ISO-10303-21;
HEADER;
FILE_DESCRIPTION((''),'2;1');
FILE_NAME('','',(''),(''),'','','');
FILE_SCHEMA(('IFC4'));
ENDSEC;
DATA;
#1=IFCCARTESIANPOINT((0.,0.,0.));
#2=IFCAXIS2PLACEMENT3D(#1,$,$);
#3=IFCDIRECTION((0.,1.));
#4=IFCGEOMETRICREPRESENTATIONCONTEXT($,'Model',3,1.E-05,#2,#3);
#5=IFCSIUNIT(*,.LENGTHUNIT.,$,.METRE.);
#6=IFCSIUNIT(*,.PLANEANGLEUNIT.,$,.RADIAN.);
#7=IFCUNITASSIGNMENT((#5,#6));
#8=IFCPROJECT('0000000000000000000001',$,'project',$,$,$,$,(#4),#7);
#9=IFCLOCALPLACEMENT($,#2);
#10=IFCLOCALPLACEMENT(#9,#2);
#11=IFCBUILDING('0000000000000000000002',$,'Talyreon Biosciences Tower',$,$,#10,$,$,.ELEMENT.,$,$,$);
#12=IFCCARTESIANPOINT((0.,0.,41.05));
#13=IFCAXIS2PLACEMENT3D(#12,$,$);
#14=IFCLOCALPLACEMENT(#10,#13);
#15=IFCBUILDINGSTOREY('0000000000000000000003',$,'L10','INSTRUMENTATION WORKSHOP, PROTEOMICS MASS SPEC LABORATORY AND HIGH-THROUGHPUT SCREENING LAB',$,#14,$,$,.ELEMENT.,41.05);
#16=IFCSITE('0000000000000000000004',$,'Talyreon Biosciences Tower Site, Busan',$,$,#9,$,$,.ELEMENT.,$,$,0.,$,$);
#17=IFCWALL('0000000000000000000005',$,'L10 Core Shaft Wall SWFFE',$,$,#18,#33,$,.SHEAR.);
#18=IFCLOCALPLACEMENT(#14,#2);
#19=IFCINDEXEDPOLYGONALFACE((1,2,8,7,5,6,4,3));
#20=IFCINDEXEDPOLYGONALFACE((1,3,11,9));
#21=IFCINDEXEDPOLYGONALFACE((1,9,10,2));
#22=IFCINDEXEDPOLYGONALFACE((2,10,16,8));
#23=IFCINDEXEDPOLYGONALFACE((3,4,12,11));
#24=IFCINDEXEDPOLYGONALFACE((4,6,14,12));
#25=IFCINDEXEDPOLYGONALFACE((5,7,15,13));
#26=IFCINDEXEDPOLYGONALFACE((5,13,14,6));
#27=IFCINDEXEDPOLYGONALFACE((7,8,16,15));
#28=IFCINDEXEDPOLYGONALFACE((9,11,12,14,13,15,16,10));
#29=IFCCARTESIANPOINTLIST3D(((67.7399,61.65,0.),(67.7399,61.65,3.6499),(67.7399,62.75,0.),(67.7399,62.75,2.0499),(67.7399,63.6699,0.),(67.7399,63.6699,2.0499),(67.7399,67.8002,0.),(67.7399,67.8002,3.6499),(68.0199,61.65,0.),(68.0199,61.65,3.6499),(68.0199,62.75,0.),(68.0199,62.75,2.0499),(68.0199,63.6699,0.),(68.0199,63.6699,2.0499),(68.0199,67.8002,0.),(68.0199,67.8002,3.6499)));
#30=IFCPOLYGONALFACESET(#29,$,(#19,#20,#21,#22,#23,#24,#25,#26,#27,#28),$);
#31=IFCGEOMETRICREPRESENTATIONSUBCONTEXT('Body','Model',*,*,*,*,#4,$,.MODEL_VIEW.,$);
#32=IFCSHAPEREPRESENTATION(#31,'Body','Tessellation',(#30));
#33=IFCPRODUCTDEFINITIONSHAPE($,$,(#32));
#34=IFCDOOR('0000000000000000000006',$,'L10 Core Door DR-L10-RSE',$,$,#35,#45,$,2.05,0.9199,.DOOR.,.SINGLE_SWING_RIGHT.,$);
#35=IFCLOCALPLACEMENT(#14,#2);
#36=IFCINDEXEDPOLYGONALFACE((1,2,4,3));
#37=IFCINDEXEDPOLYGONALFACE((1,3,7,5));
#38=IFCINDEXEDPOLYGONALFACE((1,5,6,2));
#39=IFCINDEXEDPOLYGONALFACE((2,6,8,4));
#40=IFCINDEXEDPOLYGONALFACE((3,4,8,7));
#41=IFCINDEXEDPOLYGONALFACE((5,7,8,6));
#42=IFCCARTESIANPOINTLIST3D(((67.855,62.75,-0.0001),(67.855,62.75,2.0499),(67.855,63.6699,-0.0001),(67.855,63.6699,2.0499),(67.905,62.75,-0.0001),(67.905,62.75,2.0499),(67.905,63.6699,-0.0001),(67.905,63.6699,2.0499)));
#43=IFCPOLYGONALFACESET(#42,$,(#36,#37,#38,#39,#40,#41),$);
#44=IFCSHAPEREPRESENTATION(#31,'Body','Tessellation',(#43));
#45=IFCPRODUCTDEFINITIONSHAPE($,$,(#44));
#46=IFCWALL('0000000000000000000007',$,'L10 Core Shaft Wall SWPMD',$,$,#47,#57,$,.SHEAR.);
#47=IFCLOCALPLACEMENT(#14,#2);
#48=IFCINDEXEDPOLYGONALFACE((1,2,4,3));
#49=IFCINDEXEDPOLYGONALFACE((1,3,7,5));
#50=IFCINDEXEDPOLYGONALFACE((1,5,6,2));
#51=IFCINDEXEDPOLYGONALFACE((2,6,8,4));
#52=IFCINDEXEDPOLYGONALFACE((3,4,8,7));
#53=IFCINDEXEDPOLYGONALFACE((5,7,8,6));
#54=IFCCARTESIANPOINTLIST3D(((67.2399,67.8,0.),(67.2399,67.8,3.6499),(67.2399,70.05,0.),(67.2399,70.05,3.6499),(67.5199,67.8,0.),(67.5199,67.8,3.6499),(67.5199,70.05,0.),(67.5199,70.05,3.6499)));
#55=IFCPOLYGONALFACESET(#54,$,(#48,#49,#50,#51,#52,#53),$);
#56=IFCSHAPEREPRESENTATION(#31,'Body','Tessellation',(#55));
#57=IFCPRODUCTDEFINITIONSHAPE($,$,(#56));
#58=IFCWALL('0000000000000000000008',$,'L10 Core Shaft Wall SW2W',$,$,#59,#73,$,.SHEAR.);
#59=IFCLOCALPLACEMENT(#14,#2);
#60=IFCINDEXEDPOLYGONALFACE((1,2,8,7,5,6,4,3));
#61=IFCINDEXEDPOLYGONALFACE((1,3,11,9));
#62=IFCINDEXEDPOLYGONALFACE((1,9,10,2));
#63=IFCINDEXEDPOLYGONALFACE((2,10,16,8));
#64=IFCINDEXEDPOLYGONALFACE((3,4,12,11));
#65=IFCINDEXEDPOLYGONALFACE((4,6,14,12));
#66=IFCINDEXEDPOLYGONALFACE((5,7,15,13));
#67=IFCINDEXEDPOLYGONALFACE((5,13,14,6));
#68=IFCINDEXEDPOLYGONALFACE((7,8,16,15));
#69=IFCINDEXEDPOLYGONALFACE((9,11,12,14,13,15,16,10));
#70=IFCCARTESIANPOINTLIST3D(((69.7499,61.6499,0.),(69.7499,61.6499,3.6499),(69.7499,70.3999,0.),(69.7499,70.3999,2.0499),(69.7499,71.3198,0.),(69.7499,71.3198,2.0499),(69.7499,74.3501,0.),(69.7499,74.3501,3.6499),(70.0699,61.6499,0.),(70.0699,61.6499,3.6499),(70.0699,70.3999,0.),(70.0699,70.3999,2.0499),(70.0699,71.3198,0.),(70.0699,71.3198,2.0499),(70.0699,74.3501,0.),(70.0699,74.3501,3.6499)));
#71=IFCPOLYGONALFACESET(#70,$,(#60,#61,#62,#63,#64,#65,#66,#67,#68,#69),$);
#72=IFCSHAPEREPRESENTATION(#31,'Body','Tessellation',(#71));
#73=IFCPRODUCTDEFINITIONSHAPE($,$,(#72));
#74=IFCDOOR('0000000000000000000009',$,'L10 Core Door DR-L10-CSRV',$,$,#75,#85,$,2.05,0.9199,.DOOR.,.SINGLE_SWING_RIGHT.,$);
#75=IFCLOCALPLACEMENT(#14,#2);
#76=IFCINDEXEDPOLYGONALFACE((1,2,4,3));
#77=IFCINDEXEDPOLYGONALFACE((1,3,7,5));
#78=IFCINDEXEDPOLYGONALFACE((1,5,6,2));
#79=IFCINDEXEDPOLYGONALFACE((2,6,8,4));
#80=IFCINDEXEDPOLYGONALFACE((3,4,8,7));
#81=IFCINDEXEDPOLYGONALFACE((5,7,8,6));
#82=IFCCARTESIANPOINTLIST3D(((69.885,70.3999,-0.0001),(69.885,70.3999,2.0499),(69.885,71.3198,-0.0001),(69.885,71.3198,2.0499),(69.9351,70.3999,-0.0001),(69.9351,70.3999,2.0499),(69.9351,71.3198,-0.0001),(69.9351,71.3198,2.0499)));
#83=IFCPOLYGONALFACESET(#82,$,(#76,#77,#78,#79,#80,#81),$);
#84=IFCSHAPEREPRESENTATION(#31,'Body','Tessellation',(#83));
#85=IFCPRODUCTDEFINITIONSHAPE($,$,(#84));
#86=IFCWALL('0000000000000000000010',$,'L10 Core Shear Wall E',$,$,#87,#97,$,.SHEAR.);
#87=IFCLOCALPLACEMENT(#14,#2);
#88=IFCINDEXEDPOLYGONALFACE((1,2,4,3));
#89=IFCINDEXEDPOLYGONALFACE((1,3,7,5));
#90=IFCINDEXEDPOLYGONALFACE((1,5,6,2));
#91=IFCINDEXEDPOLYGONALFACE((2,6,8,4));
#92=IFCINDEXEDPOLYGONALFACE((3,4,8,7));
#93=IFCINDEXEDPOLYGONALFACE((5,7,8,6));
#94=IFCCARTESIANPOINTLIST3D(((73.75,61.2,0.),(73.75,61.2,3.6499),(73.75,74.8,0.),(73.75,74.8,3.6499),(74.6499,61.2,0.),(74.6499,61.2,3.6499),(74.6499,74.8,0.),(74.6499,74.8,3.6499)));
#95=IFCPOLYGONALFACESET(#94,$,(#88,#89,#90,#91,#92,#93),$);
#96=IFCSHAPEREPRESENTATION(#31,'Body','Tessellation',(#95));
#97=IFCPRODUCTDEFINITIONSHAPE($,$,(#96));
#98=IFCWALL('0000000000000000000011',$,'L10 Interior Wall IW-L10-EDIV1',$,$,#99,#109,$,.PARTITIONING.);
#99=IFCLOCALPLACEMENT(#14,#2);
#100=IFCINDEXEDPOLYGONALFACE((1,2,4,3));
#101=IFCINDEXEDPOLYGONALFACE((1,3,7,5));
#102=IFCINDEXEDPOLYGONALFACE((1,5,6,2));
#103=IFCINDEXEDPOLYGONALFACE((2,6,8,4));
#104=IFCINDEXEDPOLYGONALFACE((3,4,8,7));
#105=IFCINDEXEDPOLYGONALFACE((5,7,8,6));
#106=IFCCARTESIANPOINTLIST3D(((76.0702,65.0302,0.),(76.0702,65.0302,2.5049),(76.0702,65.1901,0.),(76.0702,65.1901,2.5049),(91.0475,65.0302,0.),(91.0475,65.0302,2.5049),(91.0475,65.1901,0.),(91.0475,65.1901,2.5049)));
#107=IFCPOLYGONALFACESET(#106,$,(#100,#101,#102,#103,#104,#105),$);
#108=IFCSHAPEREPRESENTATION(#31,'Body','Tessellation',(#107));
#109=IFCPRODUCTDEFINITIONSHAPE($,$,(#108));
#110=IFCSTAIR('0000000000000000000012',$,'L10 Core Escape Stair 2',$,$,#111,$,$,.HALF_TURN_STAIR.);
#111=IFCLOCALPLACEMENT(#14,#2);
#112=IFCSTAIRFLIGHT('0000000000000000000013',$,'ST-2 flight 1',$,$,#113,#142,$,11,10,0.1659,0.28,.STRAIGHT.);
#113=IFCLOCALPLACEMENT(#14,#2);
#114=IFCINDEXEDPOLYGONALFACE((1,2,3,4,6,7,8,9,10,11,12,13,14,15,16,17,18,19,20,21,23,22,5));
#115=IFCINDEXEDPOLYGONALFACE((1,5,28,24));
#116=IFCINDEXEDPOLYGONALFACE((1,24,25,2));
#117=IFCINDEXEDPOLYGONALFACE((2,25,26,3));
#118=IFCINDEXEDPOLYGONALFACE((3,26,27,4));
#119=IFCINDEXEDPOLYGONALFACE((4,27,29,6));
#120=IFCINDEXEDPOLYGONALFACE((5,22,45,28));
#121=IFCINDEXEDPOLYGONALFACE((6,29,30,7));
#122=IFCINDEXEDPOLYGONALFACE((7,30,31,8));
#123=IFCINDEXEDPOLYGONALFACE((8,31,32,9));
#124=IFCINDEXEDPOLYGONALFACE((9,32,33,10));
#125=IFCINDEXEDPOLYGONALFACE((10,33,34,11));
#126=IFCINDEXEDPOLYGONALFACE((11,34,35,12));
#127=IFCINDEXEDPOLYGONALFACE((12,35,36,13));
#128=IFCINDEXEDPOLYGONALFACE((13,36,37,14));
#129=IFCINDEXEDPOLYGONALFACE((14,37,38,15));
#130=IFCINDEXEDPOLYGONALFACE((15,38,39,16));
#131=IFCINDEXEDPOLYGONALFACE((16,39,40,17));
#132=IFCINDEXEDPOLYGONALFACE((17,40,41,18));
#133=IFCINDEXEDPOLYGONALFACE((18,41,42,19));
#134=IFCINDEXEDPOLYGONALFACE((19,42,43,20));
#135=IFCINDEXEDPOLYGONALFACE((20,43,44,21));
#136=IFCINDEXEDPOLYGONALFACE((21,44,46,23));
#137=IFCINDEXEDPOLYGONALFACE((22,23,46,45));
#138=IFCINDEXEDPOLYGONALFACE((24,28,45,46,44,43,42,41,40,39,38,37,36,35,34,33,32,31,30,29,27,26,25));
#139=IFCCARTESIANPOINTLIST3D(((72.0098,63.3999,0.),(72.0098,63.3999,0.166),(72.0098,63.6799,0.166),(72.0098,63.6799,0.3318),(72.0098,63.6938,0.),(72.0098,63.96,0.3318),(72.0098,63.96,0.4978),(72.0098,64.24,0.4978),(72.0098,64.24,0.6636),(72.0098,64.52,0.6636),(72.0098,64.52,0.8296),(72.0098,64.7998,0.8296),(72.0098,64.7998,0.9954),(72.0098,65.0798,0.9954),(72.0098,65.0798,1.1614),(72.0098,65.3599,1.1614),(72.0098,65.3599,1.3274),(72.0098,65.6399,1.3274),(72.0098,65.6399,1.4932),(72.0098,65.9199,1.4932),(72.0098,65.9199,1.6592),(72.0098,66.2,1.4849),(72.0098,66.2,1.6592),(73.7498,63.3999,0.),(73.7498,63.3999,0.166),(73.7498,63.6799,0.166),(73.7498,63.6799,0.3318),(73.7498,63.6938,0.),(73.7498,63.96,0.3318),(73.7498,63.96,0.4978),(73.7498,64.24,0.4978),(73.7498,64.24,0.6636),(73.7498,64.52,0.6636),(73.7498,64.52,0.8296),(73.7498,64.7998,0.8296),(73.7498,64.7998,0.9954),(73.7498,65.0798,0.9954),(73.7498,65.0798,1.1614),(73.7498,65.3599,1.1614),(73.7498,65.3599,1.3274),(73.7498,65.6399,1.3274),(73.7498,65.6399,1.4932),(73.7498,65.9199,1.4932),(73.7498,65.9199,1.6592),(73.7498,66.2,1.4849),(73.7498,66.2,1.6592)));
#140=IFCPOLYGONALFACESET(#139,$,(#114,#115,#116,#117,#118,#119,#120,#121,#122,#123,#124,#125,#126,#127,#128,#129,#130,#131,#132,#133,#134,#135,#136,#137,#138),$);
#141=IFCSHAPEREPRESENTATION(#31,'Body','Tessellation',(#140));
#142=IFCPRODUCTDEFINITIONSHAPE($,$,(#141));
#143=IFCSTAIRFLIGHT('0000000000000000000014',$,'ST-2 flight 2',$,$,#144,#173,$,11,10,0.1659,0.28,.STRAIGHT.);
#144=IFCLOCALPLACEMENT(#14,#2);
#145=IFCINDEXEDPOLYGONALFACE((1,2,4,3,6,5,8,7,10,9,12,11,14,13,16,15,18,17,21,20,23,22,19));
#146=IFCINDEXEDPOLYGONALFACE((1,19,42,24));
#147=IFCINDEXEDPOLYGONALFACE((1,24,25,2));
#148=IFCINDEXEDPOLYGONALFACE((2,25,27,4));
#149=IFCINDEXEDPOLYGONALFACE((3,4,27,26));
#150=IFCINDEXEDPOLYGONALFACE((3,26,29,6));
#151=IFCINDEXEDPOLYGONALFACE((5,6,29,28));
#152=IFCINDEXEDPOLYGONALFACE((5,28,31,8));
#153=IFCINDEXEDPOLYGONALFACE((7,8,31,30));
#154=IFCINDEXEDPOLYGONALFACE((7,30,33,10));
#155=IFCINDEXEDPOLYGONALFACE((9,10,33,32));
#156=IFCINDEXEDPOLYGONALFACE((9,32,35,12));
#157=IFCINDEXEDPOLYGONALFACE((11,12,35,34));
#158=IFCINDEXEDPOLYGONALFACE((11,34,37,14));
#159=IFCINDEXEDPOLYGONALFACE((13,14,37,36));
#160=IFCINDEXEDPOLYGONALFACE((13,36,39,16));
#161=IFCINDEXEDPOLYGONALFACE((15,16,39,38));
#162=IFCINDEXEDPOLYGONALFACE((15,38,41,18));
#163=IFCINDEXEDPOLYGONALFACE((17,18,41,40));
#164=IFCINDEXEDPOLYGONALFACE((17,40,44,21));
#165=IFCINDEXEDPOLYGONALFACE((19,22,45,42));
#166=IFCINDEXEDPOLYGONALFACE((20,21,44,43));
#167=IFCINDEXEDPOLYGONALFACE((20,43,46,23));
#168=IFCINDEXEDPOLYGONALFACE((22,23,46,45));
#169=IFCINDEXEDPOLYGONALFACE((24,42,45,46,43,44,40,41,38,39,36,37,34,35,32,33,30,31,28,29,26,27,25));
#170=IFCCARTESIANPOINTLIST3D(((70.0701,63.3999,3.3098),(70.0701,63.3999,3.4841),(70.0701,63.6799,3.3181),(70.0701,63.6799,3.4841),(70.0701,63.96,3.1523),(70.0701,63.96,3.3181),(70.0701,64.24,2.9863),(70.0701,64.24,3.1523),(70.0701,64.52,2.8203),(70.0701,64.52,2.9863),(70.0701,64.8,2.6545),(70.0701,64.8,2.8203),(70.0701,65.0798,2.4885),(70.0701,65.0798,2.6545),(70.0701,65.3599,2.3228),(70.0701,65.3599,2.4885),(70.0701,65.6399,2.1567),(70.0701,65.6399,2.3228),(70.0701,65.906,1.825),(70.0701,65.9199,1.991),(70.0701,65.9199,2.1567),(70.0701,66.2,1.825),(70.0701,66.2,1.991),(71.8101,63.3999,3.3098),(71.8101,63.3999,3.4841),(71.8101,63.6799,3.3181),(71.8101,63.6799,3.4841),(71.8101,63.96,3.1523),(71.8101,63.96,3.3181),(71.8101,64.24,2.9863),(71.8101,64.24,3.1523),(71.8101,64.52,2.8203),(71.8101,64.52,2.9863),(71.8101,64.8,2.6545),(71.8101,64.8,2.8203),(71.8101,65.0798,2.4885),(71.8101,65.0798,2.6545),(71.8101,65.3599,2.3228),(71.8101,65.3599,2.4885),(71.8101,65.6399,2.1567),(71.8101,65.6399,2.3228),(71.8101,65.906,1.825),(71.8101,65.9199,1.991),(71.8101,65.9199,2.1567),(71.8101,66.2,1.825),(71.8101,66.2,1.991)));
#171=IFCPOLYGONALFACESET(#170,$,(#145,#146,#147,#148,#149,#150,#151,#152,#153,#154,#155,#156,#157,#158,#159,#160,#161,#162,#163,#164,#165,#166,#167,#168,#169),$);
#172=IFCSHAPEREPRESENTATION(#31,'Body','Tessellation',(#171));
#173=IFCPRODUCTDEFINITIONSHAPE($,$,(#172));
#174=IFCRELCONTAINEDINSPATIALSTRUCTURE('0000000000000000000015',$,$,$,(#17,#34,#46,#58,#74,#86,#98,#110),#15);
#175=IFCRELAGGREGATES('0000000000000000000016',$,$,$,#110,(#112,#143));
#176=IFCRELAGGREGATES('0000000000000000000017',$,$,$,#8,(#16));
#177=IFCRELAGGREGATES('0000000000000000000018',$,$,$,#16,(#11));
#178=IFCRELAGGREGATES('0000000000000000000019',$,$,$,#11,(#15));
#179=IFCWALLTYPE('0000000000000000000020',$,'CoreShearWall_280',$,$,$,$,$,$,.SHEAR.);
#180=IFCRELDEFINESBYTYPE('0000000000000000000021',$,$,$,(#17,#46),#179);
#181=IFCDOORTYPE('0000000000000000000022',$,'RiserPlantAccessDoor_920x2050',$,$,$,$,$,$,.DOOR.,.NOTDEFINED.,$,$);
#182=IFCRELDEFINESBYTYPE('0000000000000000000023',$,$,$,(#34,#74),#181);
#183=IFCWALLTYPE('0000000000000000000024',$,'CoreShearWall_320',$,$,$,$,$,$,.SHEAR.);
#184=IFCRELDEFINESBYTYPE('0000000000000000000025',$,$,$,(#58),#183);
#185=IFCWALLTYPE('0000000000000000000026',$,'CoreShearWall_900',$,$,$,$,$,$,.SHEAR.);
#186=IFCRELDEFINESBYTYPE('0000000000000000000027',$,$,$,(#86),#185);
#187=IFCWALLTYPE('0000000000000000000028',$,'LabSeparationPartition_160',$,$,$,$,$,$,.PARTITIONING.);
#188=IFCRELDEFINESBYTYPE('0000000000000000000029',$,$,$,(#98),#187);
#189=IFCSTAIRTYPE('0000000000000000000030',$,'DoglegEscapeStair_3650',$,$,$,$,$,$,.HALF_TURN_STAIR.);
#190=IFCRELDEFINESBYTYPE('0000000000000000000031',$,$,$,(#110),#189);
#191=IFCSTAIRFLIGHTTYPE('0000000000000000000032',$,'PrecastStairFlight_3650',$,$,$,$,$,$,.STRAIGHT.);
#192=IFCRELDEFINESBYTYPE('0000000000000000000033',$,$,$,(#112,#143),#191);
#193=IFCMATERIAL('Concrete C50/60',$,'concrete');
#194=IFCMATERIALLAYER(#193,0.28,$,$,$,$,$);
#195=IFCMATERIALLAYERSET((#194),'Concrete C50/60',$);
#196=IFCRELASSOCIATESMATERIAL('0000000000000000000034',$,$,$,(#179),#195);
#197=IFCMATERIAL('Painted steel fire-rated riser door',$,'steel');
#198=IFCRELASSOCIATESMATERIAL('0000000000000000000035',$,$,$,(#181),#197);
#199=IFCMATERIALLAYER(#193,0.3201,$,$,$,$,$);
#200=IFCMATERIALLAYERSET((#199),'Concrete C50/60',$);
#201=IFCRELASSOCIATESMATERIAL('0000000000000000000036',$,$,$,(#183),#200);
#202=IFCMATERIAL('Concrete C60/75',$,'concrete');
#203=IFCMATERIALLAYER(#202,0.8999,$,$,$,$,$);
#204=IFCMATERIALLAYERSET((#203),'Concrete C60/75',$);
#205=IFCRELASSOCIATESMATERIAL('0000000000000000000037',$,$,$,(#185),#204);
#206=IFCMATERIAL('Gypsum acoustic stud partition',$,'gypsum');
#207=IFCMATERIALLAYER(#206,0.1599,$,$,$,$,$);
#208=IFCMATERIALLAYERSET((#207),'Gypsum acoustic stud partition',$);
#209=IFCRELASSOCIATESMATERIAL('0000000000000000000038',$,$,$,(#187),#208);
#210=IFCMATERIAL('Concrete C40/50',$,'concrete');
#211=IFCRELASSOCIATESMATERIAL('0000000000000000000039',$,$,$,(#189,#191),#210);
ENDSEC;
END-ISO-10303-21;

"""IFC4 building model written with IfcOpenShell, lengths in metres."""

from ifc_helpers import new_model, si_unit, direction, frame, frame_2d, origin, place, context, subcontext, project, spatial, polyline, rectangle, outline, extrude, material, layer, layer_set, type_object, element, fill, aggregate, save


model = new_model("IFC4")

# Units and contexts
model_context = context("Model", 3, precision=1e-05, world=origin(), true_north=direction((0.0, 1.0)))
body_context = subcontext(model_context, "Body", "Model", "MODEL_VIEW")
ifc_project = project(units=[si_unit("LENGTHUNIT", "METRE"), si_unit("PLANEANGLEUNIT", "RADIAN")], contexts=[model_context])

# Site, building, storey
site_placement = place(None, origin())
site = spatial("IfcSite", under=ifc_project, at=site_placement, Name="Talyreon Biosciences Tower Site, Busan", CompositionType="ELEMENT", RefElevation=0.0)
building_placement = place(site_placement, origin())
building = spatial("IfcBuilding", under=site, at=building_placement, Name="Talyreon Biosciences Tower", CompositionType="ELEMENT")
storey_placement = place(building_placement, frame((0.0, 0.0, 41.05)))
storey = spatial("IfcBuildingStorey", under=building, at=storey_placement, Name="L10", Description="INSTRUMENTATION WORKSHOP, PROTEOMICS MASS SPEC LABORATORY AND HIGH-THROUGHPUT SCREENING LAB", CompositionType="ELEMENT", Elevation=41.05)

# Shared definitions
ifc_material_1 = material(Name="Concrete C60/75", Category="concrete")

# Wall, opening, door
ifc_material_2 = material(Name="Concrete C50/60", Category="concrete")
ifc_layer_1 = layer(ifc_material_2, 0.28)
ifc_layer_set_1 = layer_set([ifc_layer_1], Name="Concrete C50/60")
wall_type_1 = type_object("IfcWallType", Name="CoreShearWall_280", PredefinedType="SHEAR", material=ifc_layer_set_1)
wall_1_placement = place(storey_placement, frame((67.8799, 61.6499, 0.0), z_axis=(0.0, 0.0, 1.0), x_axis=(0.0, 1.0, 0.0)))
wall_1 = element("IfcWall", 1, at=wall_1_placement, inside=storey, type_object=wall_type_1, Name="L10 Core Shaft Wall SWFFE", PredefinedType="SHEAR", context=body_context, shape_type="SweptSolid", body=[
    extrude(rectangle(XDim=6.1501, YDim=0.28, at=frame_2d((3.0752, 0.0))), origin(), (0.0, 0.0, 1.0), 3.6499),
])
opening_1_placement = place(wall_1_placement, frame((1.1001, 0.0, 0.0)))
opening_1 = element("IfcOpeningElement", 2, at=opening_1_placement, cuts=wall_1, PredefinedType="OPENING", context=body_context, shape_type="SweptSolid", body=[
    extrude(rectangle(XDim=0.9199, YDim=2.05, at=frame_2d((0.46, 1.0249))), frame((0.0, 0.1499, 0.0), z_axis=(0.0, -1.0, 0.0), x_axis=(1.0, 0.0, 0.0)), (0.0, 0.0, 1.0), 0.3),
])
ifc_material_3 = material(Name="Painted steel fire-rated riser door", Category="steel")
door_type = type_object("IfcDoorType", Name="RiserPlantAccessDoor_920x2050", OperationType="NOTDEFINED", PredefinedType="DOOR", material=ifc_material_3)
door_1_placement = place(opening_1_placement, origin())
door_1 = element("IfcDoor", 3, at=door_1_placement, inside=storey, type_object=door_type, Name="L10 Core Door DR-L10-RSE", OperationType="SINGLE_SWING_RIGHT", OverallHeight=2.05, OverallWidth=0.9199, PredefinedType="DOOR", context=body_context, shape_type="SweptSolid", body=[
    extrude(rectangle(XDim=0.9199, YDim=2.05, at=frame_2d((0.46, 1.0249))), frame((0.0, 0.0249, 0.0), z_axis=(0.0, -1.0, 0.0), x_axis=(1.0, 0.0, 0.0)), (0.0, 0.0, 1.0), 0.05),
])
fill(opening_1, door_1)

# Wall
wall_2_placement = place(storey_placement, frame((67.3799, 67.8, 0.0), z_axis=(0.0, 0.0, 1.0), x_axis=(0.0, 1.0, 0.0)))
element("IfcWall", 4, at=wall_2_placement, inside=storey, type_object=wall_type_1, Name="L10 Core Shaft Wall SWPMD", PredefinedType="SHEAR", context=body_context, shape_type="SweptSolid", body=[
    extrude(rectangle(XDim=2.25, YDim=0.28, at=frame_2d((1.125, 0.0))), origin(), (0.0, 0.0, 1.0), 3.6499),
])

# Wall, opening, door
ifc_layer_2 = layer(ifc_material_2, 0.3201)
ifc_layer_set_2 = layer_set([ifc_layer_2], Name="Concrete C50/60")
wall_type_2 = type_object("IfcWallType", Name="CoreShearWall_320", PredefinedType="SHEAR", material=ifc_layer_set_2)
wall_3_placement = place(storey_placement, frame((69.9099, 61.6499, 0.0), z_axis=(0.0, 0.0, 1.0), x_axis=(0.0, 1.0, 0.0)))
wall_3 = element("IfcWall", 5, at=wall_3_placement, inside=storey, type_object=wall_type_2, Name="L10 Core Shaft Wall SW2W", PredefinedType="SHEAR", context=body_context, shape_type="SweptSolid", body=[
    extrude(rectangle(XDim=12.7002, YDim=0.3201, at=frame_2d((6.3501, 0.0))), origin(), (0.0, 0.0, 1.0), 3.6499),
])
opening_2_placement = place(wall_3_placement, frame((8.75, 0.0, 0.0)))
opening_2 = element("IfcOpeningElement", 6, at=opening_2_placement, cuts=wall_3, PredefinedType="OPENING", context=body_context, shape_type="SweptSolid", body=[
    extrude(rectangle(XDim=0.9199, YDim=2.05, at=frame_2d((0.46, 1.0249))), frame((0.0, 0.1699, 0.0), z_axis=(0.0, -1.0, 0.0), x_axis=(1.0, 0.0, 0.0)), (0.0, 0.0, 1.0), 0.3401),
])
door_2_placement = place(opening_2_placement, origin())
door_2 = element("IfcDoor", 7, at=door_2_placement, inside=storey, type_object=door_type, Name="L10 Core Door DR-L10-CSRV", OperationType="SINGLE_SWING_RIGHT", OverallHeight=2.05, OverallWidth=0.9199, PredefinedType="DOOR", context=body_context, shape_type="SweptSolid", body=[
    extrude(rectangle(XDim=0.9199, YDim=2.05, at=frame_2d((0.46, 1.0249))), frame((0.0, 0.0249, 0.0), z_axis=(0.0, -1.0, 0.0), x_axis=(1.0, 0.0, 0.0)), (0.0, 0.0, 1.0), 0.05),
])
fill(opening_2, door_2)

# Walls
ifc_layer_3 = layer(ifc_material_1, 0.8999)
ifc_layer_set_3 = layer_set([ifc_layer_3], Name="Concrete C60/75")
wall_type_3 = type_object("IfcWallType", Name="CoreShearWall_900", PredefinedType="SHEAR", material=ifc_layer_set_3)
wall_4_placement = place(storey_placement, frame((74.2, 61.2, 0.0), z_axis=(0.0, 0.0, 1.0), x_axis=(0.0, 1.0, 0.0)))
element("IfcWall", 8, at=wall_4_placement, inside=storey, type_object=wall_type_3, Name="L10 Core Shear Wall E", PredefinedType="SHEAR", context=body_context, shape_type="SweptSolid", body=[
    extrude(rectangle(XDim=13.6001, YDim=0.8999, at=frame_2d((6.8, 0.0))), origin(), (0.0, 0.0, 1.0), 3.6499),
])
ifc_material_4 = material(Name="Gypsum acoustic stud partition", Category="gypsum")
ifc_layer_4 = layer(ifc_material_4, 0.1599)
ifc_layer_set_4 = layer_set([ifc_layer_4], Name="Gypsum acoustic stud partition")
wall_type_4 = type_object("IfcWallType", Name="LabSeparationPartition_160", PredefinedType="PARTITIONING", material=ifc_layer_set_4)
wall_5_placement = place(storey_placement, frame((76.0701, 65.1101, 0.0), z_axis=(0.0, 0.0, 1.0), x_axis=(1.0, 0.0, 0.0)))
element("IfcWall", 9, at=wall_5_placement, inside=storey, type_object=wall_type_4, Name="L10 Interior Wall IW-L10-EDIV1", PredefinedType="PARTITIONING", context=body_context, shape_type="SweptSolid", body=[
    extrude(rectangle(XDim=14.9773, YDim=0.1599, at=frame_2d((7.4888, 0.0))), origin(), (0.0, 0.0, 1.0), 2.5049),
])

# Stair, stair flights
ifc_material_5 = material(Name="Concrete C40/50", Category="concrete")
stair_type = type_object("IfcStairType", Name="DoglegEscapeStair_3650", PredefinedType="HALF_TURN_STAIR", material=ifc_material_5)
stair_placement = place(storey_placement, origin())
stair = element("IfcStair", 10, at=stair_placement, inside=storey, type_object=stair_type, Name="L10 Core Escape Stair 2", PredefinedType="HALF_TURN_STAIR")
stair_flight_type = type_object("IfcStairFlightType", Name="PrecastStairFlight_3650", PredefinedType="STRAIGHT", material=ifc_material_5)
stair_flight_1_placement = place(storey_placement, frame((72.8799, 63.3999, 0.0), z_axis=(0.0, 0.0, 1.0), x_axis=(0.0, 1.0, 0.0)))
stair_flight_1 = element("IfcStairFlight", 11, at=stair_flight_1_placement, type_object=stair_flight_type, Name="ST-2 flight 1", NumberOfRisers=11, NumberOfTreads=10, PredefinedType="STRAIGHT", RiserHeight=0.1659, TreadLength=0.28, context=body_context, shape_type="SweptSolid", body=[
    extrude(outline(polyline([(0.0, 0.0), (0.0, 0.166), (0.28, 0.166), (0.28, 0.3318), (0.5601, 0.3318), (0.5601, 0.4978), (0.8401, 0.4978), (0.8401, 0.6636), (1.1201, 0.6636), (1.1201, 0.8296), (1.3999, 0.8296), (1.3999, 0.9954), (1.6799, 0.9954), (1.6799, 1.1614), (1.96, 1.1614), (1.96, 1.3274), (2.24, 1.3274), (2.24, 1.4932), (2.52, 1.4932), (2.52, 1.6592), (2.8, 1.6592), (2.8, 1.825), (2.8, 1.4849), (0.2939, 0.0), (0.0, 0.0)])), frame((0.0, 0.8701, 0.0), z_axis=(0.0, -1.0, 0.0), x_axis=(1.0, 0.0, 0.0)), (0.0, 0.0, 1.0), 1.74),
])
stair_flight_2_placement = place(storey_placement, frame((70.9399, 66.2, 1.825), z_axis=(0.0, 0.0, 1.0), x_axis=(0.0, -1.0, 0.0)))
stair_flight_2 = element("IfcStairFlight", 12, at=stair_flight_2_placement, type_object=stair_flight_type, Name="ST-2 flight 2", NumberOfRisers=11, NumberOfTreads=10, PredefinedType="STRAIGHT", RiserHeight=0.1659, TreadLength=0.28, context=body_context, shape_type="SweptSolid", body=[
    extrude(outline(polyline([(0.0, 0.0), (0.0, 0.166), (0.28, 0.166), (0.28, 0.3318), (0.5601, 0.3318), (0.5601, 0.4978), (0.8401, 0.4978), (0.8401, 0.6636), (1.1201, 0.6636), (1.1201, 0.8296), (1.3999, 0.8296), (1.3999, 0.9954), (1.6799, 0.9954), (1.6799, 1.1614), (1.96, 1.1614), (1.96, 1.3274), (2.24, 1.3274), (2.24, 1.4932), (2.52, 1.4932), (2.52, 1.6592), (2.8, 1.6592), (2.8, 1.825), (2.8, 1.4849), (0.2939, 0.0), (0.0, 0.0)])), frame((0.0, 0.8701, 0.0), z_axis=(0.0, -1.0, 0.0), x_axis=(1.0, 0.0, 0.0)), (0.0, 0.0, 1.0), 1.74),
])
aggregate(stair, [stair_flight_1, stair_flight_2])

save(model, "model.ifc")
